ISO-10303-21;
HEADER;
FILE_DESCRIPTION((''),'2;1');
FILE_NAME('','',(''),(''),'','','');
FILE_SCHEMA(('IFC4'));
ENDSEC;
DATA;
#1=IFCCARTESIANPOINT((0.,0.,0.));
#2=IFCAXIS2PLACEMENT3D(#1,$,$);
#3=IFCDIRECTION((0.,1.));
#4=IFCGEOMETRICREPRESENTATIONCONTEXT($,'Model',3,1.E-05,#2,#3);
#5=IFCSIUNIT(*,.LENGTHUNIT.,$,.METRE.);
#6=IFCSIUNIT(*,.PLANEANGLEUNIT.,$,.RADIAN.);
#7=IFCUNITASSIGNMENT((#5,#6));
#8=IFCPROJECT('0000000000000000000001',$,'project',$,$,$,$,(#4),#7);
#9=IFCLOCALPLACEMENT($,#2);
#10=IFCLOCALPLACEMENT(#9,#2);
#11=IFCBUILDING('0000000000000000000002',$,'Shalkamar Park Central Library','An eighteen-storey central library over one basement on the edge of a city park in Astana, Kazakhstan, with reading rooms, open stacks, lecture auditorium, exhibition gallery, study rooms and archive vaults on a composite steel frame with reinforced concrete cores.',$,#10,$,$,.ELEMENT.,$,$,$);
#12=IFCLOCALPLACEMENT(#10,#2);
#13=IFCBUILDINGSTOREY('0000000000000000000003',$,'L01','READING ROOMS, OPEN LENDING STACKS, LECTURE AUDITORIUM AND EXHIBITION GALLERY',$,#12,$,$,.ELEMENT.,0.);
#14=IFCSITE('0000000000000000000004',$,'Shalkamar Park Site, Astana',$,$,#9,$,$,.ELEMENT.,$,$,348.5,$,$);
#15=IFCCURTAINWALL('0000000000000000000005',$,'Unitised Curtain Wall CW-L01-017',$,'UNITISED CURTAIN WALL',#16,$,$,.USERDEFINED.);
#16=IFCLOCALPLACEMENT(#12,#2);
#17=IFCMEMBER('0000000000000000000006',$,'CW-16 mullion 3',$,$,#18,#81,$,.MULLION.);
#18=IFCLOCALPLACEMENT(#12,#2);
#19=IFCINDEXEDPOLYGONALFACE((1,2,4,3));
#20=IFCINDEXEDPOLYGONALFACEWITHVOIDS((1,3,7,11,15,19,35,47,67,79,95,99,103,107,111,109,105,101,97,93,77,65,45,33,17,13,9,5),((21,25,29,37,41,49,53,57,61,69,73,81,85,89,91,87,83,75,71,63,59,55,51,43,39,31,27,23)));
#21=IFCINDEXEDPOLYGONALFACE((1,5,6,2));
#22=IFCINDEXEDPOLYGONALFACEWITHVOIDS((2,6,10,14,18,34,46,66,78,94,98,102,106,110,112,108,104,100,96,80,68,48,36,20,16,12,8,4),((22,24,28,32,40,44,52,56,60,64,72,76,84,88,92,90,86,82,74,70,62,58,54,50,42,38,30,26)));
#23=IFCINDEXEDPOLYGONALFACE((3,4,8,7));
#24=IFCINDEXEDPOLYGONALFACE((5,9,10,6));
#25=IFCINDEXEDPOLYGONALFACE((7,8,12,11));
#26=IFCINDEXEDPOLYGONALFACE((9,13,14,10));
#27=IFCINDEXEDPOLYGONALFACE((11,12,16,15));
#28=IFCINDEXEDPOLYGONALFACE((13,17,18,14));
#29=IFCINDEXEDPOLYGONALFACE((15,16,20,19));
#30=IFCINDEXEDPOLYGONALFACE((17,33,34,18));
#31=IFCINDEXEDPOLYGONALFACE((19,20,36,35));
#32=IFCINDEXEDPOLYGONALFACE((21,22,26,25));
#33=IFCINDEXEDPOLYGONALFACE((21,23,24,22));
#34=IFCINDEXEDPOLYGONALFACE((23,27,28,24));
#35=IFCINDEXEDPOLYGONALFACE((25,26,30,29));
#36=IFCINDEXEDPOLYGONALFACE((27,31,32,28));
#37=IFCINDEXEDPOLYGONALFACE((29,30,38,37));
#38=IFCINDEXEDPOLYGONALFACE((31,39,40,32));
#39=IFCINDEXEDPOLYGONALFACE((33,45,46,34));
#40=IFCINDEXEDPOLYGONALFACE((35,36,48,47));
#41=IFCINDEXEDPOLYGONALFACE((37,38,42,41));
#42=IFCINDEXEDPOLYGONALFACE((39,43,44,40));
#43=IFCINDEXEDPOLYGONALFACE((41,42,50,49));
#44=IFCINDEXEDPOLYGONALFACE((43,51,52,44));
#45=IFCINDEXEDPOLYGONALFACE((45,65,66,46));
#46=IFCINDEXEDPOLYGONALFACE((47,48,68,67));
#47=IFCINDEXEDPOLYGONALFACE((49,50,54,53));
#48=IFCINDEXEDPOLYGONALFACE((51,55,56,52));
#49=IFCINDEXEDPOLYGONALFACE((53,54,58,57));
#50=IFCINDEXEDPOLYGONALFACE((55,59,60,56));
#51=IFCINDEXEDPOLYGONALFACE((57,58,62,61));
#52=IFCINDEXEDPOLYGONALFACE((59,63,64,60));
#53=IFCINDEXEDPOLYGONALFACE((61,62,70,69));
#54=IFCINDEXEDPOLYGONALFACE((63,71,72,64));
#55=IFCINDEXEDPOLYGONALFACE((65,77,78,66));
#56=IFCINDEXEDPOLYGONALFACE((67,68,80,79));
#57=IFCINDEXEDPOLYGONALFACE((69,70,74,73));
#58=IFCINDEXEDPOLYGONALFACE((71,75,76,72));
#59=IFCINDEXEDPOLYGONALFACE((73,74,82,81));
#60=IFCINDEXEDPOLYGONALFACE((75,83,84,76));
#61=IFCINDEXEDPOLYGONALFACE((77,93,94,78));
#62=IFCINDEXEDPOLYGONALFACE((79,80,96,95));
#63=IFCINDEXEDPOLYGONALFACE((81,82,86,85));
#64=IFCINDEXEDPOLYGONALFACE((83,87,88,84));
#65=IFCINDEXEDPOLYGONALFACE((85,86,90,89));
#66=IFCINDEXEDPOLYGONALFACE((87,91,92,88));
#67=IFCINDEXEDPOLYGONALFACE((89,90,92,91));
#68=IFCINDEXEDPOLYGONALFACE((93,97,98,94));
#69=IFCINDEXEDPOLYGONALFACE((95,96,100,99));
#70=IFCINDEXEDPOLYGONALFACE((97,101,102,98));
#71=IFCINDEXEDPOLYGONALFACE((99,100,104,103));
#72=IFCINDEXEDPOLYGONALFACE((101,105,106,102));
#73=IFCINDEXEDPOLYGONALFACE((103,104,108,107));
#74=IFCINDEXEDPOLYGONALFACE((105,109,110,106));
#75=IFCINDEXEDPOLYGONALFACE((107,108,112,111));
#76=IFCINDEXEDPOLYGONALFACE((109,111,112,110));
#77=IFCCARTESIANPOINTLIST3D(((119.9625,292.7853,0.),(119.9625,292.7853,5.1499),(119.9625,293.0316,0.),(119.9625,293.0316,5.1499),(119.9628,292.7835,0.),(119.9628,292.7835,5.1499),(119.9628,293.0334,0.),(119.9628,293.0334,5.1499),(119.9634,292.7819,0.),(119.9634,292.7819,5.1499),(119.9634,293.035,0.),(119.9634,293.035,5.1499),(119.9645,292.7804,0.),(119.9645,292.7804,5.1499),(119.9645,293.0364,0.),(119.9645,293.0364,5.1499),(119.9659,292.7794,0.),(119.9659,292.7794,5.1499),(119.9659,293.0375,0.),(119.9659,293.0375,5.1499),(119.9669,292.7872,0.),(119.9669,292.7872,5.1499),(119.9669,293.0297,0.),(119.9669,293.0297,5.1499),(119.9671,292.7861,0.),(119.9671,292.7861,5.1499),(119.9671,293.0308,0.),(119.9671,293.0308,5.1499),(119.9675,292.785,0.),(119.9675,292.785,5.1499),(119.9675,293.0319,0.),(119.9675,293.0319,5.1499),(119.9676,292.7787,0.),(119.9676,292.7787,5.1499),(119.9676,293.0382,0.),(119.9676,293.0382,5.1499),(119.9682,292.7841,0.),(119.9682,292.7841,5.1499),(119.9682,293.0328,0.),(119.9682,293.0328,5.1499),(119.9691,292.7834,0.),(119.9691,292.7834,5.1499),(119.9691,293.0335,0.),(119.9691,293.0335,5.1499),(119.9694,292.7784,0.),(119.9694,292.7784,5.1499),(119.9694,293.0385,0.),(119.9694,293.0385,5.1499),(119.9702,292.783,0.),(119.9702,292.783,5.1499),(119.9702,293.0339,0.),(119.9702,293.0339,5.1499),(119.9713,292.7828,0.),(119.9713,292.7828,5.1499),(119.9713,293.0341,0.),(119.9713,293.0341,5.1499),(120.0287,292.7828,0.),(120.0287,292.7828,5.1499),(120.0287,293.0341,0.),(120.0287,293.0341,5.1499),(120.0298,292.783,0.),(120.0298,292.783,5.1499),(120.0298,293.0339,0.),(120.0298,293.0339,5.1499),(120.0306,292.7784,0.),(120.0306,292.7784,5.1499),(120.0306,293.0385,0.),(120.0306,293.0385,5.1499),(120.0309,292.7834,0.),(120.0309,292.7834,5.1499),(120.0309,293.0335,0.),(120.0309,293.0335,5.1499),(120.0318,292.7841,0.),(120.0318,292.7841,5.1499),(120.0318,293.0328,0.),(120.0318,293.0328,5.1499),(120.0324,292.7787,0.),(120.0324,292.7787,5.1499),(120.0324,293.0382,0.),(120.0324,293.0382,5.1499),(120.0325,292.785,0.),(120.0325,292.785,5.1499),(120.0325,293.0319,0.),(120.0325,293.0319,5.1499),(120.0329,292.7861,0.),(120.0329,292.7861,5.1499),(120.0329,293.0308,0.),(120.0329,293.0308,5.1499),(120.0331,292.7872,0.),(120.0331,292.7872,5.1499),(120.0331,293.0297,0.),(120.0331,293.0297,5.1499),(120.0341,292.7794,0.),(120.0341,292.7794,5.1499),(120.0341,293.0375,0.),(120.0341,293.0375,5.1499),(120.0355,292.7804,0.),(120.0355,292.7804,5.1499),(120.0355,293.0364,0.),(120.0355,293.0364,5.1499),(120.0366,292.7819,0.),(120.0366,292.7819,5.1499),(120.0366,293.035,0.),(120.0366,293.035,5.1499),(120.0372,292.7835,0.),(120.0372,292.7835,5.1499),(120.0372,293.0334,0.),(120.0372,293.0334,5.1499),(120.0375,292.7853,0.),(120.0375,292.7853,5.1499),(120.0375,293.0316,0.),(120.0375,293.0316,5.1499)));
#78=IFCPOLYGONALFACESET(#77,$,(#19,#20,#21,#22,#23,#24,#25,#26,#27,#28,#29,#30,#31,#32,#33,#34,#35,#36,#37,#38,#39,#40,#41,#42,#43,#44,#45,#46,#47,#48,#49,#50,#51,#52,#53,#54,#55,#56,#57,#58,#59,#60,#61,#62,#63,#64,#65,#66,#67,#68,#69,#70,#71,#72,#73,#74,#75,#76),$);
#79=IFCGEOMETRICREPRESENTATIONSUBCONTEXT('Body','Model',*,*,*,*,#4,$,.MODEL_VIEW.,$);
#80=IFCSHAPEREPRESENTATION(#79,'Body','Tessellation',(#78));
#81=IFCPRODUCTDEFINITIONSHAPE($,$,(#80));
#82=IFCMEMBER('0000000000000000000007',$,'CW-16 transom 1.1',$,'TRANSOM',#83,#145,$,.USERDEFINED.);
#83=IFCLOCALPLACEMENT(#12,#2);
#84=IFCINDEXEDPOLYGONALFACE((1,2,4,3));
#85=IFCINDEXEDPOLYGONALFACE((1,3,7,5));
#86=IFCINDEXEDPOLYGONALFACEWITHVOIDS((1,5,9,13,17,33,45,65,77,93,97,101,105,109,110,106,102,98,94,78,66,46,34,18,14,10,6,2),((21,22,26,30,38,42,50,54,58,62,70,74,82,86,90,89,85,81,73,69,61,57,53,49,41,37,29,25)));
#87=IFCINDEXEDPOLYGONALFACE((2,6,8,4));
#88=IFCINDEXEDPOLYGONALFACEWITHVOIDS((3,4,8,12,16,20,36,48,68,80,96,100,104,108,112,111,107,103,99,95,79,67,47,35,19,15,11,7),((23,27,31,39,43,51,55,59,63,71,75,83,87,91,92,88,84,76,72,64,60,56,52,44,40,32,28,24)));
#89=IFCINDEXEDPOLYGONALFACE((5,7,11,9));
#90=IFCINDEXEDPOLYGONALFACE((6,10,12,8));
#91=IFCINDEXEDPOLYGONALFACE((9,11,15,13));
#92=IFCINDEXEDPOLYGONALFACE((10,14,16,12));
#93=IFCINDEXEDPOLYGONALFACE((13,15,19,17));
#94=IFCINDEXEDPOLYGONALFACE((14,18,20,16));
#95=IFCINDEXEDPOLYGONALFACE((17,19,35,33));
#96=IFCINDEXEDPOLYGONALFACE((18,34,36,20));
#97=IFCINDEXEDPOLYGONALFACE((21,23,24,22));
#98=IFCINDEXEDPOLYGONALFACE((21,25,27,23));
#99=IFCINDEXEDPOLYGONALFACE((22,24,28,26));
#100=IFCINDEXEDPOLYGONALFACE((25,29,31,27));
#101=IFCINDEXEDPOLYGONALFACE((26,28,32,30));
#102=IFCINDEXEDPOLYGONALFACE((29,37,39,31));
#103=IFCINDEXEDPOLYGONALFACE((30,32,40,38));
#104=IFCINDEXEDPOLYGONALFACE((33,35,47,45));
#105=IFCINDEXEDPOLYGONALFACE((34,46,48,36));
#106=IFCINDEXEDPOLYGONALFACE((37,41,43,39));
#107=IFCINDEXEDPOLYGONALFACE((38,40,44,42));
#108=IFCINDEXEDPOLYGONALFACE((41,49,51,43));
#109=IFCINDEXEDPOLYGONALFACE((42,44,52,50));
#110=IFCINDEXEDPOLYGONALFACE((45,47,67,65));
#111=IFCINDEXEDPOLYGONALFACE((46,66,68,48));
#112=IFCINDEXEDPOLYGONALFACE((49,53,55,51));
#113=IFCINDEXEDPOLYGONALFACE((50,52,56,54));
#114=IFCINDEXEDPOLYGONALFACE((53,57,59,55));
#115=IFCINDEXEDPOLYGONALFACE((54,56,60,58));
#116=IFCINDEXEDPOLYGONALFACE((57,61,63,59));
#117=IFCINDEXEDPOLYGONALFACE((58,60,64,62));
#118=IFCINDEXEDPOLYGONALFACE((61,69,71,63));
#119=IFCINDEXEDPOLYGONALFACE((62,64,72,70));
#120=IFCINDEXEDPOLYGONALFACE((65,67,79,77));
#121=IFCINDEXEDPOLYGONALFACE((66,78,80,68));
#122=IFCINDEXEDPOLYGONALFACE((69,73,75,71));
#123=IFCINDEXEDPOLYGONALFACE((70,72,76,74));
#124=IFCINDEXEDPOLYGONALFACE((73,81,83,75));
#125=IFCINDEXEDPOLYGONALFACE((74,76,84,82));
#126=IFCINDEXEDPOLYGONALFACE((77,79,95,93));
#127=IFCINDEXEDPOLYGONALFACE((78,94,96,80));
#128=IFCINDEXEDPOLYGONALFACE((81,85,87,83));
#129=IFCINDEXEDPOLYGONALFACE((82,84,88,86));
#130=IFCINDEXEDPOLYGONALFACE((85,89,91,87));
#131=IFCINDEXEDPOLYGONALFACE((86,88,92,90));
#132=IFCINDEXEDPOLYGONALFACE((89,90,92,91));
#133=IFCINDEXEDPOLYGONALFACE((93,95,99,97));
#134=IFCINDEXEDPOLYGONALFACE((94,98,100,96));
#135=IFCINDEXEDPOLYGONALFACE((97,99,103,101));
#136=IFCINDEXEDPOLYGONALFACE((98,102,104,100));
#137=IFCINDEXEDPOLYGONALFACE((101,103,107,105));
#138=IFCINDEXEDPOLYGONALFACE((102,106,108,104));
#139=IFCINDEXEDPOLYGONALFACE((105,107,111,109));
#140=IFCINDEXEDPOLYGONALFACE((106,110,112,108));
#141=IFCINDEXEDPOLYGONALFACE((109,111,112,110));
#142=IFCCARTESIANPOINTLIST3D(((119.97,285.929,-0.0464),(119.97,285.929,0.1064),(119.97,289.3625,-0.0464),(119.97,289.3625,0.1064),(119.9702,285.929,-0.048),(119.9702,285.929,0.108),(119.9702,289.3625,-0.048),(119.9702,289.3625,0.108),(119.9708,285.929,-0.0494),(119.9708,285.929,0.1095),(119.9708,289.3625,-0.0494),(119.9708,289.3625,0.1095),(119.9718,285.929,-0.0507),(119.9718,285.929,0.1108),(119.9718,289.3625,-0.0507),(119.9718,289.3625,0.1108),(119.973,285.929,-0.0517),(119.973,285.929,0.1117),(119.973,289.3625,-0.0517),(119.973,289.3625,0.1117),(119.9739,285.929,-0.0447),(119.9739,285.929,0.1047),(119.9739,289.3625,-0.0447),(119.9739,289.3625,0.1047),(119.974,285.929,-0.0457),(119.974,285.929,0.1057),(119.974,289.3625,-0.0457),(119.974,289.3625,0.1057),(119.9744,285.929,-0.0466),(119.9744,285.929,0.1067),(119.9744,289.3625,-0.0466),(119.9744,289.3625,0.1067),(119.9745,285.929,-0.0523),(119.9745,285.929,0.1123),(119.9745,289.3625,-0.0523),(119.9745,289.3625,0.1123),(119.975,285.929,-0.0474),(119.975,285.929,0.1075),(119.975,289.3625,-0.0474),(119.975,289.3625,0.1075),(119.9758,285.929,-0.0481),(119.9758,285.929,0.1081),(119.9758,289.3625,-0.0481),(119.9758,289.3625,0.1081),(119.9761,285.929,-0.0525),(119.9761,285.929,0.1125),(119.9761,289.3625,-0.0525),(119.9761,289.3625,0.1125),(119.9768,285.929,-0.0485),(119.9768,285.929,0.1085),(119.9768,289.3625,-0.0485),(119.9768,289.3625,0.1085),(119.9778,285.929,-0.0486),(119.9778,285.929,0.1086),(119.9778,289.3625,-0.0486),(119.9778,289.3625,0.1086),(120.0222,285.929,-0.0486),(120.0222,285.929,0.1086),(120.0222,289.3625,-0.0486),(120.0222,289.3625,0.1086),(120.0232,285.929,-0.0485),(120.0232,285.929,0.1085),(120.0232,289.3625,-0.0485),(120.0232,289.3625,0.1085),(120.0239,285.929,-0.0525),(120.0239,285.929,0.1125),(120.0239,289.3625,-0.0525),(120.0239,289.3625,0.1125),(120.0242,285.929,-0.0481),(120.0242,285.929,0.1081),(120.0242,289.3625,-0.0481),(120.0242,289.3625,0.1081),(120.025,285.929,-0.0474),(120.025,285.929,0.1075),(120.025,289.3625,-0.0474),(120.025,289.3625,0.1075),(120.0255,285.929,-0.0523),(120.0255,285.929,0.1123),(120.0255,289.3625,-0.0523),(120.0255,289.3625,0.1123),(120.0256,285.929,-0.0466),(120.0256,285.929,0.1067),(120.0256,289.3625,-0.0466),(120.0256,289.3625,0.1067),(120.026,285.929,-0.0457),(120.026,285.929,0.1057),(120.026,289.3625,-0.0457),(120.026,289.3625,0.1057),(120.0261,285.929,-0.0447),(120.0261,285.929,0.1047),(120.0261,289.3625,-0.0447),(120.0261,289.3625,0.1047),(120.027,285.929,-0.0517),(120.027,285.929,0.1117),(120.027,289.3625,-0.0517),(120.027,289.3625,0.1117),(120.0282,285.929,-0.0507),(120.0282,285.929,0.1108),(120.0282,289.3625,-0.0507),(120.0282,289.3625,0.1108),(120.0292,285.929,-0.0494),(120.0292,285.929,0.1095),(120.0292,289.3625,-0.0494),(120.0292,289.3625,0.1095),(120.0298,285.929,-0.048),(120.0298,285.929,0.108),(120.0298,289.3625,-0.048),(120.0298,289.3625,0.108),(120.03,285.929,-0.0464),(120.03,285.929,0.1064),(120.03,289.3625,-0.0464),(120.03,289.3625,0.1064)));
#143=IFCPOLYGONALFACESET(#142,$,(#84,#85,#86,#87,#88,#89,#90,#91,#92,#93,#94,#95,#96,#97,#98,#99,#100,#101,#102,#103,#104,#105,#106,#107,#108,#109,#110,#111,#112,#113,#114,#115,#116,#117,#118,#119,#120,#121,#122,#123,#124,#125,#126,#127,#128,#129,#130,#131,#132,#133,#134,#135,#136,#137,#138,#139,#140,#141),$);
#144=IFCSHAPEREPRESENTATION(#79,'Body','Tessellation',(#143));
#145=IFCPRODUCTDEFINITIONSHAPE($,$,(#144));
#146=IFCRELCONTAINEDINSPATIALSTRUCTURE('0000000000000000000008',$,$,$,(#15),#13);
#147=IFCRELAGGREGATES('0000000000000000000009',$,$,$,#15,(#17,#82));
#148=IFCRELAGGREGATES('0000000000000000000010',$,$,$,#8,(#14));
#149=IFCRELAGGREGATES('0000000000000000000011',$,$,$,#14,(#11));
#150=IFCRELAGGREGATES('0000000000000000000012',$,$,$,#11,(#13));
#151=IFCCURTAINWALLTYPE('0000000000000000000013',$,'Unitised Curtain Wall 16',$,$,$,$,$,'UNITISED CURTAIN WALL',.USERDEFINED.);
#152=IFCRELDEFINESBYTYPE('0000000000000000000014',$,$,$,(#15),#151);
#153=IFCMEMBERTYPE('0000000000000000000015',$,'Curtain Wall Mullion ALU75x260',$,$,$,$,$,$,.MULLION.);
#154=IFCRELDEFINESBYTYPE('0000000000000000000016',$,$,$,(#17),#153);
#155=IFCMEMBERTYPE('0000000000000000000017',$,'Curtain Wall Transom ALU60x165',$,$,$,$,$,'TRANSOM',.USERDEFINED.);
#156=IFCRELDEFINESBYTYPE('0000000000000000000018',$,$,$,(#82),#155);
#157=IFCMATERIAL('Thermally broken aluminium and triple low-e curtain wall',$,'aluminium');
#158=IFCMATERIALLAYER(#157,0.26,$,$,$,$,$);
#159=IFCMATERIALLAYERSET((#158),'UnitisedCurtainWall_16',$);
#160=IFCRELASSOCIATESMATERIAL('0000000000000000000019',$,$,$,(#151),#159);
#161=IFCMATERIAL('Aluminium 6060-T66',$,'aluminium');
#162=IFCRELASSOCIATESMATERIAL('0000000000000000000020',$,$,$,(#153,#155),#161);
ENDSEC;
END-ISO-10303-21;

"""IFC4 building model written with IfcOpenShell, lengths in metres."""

from ifc_helpers import new_model, si_unit, direction, frame, origin, origin_2d, place, context, subcontext, project, spatial, hollow_rectangle, extrude, material, layer, layer_set, material_profile, profile_set, type_object, element, aggregate, save


model = new_model("IFC4")

# Units and contexts
model_context = context("Model", 3, precision=1e-05, world=origin(), true_north=direction((0.0, 1.0)))
body_context = subcontext(model_context, "Body", "Model", "MODEL_VIEW")
ifc_project = project(units=[si_unit("LENGTHUNIT", "METRE"), si_unit("PLANEANGLEUNIT", "RADIAN")], contexts=[model_context])

# Site, building, storey
site_placement = place(None, origin())
site = spatial("IfcSite", under=ifc_project, at=site_placement, Name="Shalkamar Park Site, Astana", CompositionType="ELEMENT", RefElevation=348.5)
building_placement = place(site_placement, origin())
building = spatial("IfcBuilding", under=site, at=building_placement, Name="Shalkamar Park Central Library", Description="An eighteen-storey central library over one basement on the edge of a city park in Astana, Kazakhstan, with reading rooms, open stacks, lecture auditorium, exhibition gallery, study rooms and archive vaults on a composite steel frame with reinforced concrete cores.", CompositionType="ELEMENT")
storey_placement = place(building_placement, origin())
storey = spatial("IfcBuildingStorey", under=building, at=storey_placement, Name="L01", Description="READING ROOMS, OPEN LENDING STACKS, LECTURE AUDITORIUM AND EXHIBITION GALLERY", CompositionType="ELEMENT", Elevation=0.0)

# Curtain wall, members
ifc_material_1 = material(Name="Thermally broken aluminium and triple low-e curtain wall", Category="aluminium")
ifc_layer_1 = layer(ifc_material_1, 0.26)
ifc_layer_set_1 = layer_set([ifc_layer_1], Name="UnitisedCurtainWall_16")
curtain_wall_type = type_object("IfcCurtainWallType", Name="Unitised Curtain Wall 16", ElementType="UNITISED CURTAIN WALL", PredefinedType="USERDEFINED", material=ifc_layer_set_1)
curtain_wall_placement = place(storey_placement, origin())
curtain_wall = element("IfcCurtainWall", 1, at=curtain_wall_placement, inside=storey, type_object=curtain_wall_type, Name="Unitised Curtain Wall CW-L01-017", ObjectType="UNITISED CURTAIN WALL", PredefinedType="USERDEFINED")
ifc_material_2 = material(Name="Aluminium 6060-T66", Category="aluminium")
ifc_material_profile_1 = material_profile(ifc_material_2, hollow_rectangle(XDim=0.075, YDim=0.26, WallThickness=0.0044, InnerFilletRadius=0.0044, OuterFilletRadius=0.0068, at=origin_2d()), Name="ALU 75x260x4.5")
ifc_profile_set_1 = profile_set([ifc_material_profile_1], Name="Aluminium 6060-T66")
member_type_1 = type_object("IfcMemberType", Name="Curtain Wall Mullion ALU75x260", PredefinedType="MULLION", material=ifc_profile_set_1)
member_1_placement = place(storey_placement, frame((120.0, 292.9084, 0.0), z_axis=(0.0, 0.0, 1.0), x_axis=(-1.0, 0.0, 0.0)))
member_1 = element("IfcMember", 2, at=member_1_placement, type_object=member_type_1, Name="CW-16 mullion 3", PredefinedType="MULLION", context=body_context, shape_type="SweptSolid", body=[
    extrude(hollow_rectangle(XDim=0.075, YDim=0.26, WallThickness=0.0044, InnerFilletRadius=0.0044, OuterFilletRadius=0.0068, at=origin_2d()), origin(), (0.0, 0.0, 1.0), 5.1499),
])
ifc_material_profile_2 = material_profile(ifc_material_2, hollow_rectangle(XDim=0.0601, YDim=0.165, WallThickness=0.0039, InnerFilletRadius=0.0039, OuterFilletRadius=0.0061, at=origin_2d()), Name="ALU 60x165x4")
ifc_profile_set_2 = profile_set([ifc_material_profile_2], Name="Aluminium 6060-T66")
member_type_2 = type_object("IfcMemberType", Name="Curtain Wall Transom ALU60x165", ElementType="TRANSOM", PredefinedType="USERDEFINED", material=ifc_profile_set_2)
member_2_placement = place(storey_placement, frame((120.0, 285.929, 0.03), z_axis=(0.0, 1.0, 0.0), x_axis=(-1.0, 0.0, 0.0)))
member_2 = element("IfcMember", 3, at=member_2_placement, type_object=member_type_2, Name="CW-16 transom 1.1", ObjectType="TRANSOM", PredefinedType="USERDEFINED", context=body_context, shape_type="SweptSolid", body=[
    extrude(hollow_rectangle(XDim=0.0601, YDim=0.165, WallThickness=0.0039, InnerFilletRadius=0.0039, OuterFilletRadius=0.0061, at=origin_2d()), origin(), (0.0, 0.0, 1.0), 3.4336),
])

aggregate(curtain_wall, [member_1, member_2])

save(model, "model.ifc")
